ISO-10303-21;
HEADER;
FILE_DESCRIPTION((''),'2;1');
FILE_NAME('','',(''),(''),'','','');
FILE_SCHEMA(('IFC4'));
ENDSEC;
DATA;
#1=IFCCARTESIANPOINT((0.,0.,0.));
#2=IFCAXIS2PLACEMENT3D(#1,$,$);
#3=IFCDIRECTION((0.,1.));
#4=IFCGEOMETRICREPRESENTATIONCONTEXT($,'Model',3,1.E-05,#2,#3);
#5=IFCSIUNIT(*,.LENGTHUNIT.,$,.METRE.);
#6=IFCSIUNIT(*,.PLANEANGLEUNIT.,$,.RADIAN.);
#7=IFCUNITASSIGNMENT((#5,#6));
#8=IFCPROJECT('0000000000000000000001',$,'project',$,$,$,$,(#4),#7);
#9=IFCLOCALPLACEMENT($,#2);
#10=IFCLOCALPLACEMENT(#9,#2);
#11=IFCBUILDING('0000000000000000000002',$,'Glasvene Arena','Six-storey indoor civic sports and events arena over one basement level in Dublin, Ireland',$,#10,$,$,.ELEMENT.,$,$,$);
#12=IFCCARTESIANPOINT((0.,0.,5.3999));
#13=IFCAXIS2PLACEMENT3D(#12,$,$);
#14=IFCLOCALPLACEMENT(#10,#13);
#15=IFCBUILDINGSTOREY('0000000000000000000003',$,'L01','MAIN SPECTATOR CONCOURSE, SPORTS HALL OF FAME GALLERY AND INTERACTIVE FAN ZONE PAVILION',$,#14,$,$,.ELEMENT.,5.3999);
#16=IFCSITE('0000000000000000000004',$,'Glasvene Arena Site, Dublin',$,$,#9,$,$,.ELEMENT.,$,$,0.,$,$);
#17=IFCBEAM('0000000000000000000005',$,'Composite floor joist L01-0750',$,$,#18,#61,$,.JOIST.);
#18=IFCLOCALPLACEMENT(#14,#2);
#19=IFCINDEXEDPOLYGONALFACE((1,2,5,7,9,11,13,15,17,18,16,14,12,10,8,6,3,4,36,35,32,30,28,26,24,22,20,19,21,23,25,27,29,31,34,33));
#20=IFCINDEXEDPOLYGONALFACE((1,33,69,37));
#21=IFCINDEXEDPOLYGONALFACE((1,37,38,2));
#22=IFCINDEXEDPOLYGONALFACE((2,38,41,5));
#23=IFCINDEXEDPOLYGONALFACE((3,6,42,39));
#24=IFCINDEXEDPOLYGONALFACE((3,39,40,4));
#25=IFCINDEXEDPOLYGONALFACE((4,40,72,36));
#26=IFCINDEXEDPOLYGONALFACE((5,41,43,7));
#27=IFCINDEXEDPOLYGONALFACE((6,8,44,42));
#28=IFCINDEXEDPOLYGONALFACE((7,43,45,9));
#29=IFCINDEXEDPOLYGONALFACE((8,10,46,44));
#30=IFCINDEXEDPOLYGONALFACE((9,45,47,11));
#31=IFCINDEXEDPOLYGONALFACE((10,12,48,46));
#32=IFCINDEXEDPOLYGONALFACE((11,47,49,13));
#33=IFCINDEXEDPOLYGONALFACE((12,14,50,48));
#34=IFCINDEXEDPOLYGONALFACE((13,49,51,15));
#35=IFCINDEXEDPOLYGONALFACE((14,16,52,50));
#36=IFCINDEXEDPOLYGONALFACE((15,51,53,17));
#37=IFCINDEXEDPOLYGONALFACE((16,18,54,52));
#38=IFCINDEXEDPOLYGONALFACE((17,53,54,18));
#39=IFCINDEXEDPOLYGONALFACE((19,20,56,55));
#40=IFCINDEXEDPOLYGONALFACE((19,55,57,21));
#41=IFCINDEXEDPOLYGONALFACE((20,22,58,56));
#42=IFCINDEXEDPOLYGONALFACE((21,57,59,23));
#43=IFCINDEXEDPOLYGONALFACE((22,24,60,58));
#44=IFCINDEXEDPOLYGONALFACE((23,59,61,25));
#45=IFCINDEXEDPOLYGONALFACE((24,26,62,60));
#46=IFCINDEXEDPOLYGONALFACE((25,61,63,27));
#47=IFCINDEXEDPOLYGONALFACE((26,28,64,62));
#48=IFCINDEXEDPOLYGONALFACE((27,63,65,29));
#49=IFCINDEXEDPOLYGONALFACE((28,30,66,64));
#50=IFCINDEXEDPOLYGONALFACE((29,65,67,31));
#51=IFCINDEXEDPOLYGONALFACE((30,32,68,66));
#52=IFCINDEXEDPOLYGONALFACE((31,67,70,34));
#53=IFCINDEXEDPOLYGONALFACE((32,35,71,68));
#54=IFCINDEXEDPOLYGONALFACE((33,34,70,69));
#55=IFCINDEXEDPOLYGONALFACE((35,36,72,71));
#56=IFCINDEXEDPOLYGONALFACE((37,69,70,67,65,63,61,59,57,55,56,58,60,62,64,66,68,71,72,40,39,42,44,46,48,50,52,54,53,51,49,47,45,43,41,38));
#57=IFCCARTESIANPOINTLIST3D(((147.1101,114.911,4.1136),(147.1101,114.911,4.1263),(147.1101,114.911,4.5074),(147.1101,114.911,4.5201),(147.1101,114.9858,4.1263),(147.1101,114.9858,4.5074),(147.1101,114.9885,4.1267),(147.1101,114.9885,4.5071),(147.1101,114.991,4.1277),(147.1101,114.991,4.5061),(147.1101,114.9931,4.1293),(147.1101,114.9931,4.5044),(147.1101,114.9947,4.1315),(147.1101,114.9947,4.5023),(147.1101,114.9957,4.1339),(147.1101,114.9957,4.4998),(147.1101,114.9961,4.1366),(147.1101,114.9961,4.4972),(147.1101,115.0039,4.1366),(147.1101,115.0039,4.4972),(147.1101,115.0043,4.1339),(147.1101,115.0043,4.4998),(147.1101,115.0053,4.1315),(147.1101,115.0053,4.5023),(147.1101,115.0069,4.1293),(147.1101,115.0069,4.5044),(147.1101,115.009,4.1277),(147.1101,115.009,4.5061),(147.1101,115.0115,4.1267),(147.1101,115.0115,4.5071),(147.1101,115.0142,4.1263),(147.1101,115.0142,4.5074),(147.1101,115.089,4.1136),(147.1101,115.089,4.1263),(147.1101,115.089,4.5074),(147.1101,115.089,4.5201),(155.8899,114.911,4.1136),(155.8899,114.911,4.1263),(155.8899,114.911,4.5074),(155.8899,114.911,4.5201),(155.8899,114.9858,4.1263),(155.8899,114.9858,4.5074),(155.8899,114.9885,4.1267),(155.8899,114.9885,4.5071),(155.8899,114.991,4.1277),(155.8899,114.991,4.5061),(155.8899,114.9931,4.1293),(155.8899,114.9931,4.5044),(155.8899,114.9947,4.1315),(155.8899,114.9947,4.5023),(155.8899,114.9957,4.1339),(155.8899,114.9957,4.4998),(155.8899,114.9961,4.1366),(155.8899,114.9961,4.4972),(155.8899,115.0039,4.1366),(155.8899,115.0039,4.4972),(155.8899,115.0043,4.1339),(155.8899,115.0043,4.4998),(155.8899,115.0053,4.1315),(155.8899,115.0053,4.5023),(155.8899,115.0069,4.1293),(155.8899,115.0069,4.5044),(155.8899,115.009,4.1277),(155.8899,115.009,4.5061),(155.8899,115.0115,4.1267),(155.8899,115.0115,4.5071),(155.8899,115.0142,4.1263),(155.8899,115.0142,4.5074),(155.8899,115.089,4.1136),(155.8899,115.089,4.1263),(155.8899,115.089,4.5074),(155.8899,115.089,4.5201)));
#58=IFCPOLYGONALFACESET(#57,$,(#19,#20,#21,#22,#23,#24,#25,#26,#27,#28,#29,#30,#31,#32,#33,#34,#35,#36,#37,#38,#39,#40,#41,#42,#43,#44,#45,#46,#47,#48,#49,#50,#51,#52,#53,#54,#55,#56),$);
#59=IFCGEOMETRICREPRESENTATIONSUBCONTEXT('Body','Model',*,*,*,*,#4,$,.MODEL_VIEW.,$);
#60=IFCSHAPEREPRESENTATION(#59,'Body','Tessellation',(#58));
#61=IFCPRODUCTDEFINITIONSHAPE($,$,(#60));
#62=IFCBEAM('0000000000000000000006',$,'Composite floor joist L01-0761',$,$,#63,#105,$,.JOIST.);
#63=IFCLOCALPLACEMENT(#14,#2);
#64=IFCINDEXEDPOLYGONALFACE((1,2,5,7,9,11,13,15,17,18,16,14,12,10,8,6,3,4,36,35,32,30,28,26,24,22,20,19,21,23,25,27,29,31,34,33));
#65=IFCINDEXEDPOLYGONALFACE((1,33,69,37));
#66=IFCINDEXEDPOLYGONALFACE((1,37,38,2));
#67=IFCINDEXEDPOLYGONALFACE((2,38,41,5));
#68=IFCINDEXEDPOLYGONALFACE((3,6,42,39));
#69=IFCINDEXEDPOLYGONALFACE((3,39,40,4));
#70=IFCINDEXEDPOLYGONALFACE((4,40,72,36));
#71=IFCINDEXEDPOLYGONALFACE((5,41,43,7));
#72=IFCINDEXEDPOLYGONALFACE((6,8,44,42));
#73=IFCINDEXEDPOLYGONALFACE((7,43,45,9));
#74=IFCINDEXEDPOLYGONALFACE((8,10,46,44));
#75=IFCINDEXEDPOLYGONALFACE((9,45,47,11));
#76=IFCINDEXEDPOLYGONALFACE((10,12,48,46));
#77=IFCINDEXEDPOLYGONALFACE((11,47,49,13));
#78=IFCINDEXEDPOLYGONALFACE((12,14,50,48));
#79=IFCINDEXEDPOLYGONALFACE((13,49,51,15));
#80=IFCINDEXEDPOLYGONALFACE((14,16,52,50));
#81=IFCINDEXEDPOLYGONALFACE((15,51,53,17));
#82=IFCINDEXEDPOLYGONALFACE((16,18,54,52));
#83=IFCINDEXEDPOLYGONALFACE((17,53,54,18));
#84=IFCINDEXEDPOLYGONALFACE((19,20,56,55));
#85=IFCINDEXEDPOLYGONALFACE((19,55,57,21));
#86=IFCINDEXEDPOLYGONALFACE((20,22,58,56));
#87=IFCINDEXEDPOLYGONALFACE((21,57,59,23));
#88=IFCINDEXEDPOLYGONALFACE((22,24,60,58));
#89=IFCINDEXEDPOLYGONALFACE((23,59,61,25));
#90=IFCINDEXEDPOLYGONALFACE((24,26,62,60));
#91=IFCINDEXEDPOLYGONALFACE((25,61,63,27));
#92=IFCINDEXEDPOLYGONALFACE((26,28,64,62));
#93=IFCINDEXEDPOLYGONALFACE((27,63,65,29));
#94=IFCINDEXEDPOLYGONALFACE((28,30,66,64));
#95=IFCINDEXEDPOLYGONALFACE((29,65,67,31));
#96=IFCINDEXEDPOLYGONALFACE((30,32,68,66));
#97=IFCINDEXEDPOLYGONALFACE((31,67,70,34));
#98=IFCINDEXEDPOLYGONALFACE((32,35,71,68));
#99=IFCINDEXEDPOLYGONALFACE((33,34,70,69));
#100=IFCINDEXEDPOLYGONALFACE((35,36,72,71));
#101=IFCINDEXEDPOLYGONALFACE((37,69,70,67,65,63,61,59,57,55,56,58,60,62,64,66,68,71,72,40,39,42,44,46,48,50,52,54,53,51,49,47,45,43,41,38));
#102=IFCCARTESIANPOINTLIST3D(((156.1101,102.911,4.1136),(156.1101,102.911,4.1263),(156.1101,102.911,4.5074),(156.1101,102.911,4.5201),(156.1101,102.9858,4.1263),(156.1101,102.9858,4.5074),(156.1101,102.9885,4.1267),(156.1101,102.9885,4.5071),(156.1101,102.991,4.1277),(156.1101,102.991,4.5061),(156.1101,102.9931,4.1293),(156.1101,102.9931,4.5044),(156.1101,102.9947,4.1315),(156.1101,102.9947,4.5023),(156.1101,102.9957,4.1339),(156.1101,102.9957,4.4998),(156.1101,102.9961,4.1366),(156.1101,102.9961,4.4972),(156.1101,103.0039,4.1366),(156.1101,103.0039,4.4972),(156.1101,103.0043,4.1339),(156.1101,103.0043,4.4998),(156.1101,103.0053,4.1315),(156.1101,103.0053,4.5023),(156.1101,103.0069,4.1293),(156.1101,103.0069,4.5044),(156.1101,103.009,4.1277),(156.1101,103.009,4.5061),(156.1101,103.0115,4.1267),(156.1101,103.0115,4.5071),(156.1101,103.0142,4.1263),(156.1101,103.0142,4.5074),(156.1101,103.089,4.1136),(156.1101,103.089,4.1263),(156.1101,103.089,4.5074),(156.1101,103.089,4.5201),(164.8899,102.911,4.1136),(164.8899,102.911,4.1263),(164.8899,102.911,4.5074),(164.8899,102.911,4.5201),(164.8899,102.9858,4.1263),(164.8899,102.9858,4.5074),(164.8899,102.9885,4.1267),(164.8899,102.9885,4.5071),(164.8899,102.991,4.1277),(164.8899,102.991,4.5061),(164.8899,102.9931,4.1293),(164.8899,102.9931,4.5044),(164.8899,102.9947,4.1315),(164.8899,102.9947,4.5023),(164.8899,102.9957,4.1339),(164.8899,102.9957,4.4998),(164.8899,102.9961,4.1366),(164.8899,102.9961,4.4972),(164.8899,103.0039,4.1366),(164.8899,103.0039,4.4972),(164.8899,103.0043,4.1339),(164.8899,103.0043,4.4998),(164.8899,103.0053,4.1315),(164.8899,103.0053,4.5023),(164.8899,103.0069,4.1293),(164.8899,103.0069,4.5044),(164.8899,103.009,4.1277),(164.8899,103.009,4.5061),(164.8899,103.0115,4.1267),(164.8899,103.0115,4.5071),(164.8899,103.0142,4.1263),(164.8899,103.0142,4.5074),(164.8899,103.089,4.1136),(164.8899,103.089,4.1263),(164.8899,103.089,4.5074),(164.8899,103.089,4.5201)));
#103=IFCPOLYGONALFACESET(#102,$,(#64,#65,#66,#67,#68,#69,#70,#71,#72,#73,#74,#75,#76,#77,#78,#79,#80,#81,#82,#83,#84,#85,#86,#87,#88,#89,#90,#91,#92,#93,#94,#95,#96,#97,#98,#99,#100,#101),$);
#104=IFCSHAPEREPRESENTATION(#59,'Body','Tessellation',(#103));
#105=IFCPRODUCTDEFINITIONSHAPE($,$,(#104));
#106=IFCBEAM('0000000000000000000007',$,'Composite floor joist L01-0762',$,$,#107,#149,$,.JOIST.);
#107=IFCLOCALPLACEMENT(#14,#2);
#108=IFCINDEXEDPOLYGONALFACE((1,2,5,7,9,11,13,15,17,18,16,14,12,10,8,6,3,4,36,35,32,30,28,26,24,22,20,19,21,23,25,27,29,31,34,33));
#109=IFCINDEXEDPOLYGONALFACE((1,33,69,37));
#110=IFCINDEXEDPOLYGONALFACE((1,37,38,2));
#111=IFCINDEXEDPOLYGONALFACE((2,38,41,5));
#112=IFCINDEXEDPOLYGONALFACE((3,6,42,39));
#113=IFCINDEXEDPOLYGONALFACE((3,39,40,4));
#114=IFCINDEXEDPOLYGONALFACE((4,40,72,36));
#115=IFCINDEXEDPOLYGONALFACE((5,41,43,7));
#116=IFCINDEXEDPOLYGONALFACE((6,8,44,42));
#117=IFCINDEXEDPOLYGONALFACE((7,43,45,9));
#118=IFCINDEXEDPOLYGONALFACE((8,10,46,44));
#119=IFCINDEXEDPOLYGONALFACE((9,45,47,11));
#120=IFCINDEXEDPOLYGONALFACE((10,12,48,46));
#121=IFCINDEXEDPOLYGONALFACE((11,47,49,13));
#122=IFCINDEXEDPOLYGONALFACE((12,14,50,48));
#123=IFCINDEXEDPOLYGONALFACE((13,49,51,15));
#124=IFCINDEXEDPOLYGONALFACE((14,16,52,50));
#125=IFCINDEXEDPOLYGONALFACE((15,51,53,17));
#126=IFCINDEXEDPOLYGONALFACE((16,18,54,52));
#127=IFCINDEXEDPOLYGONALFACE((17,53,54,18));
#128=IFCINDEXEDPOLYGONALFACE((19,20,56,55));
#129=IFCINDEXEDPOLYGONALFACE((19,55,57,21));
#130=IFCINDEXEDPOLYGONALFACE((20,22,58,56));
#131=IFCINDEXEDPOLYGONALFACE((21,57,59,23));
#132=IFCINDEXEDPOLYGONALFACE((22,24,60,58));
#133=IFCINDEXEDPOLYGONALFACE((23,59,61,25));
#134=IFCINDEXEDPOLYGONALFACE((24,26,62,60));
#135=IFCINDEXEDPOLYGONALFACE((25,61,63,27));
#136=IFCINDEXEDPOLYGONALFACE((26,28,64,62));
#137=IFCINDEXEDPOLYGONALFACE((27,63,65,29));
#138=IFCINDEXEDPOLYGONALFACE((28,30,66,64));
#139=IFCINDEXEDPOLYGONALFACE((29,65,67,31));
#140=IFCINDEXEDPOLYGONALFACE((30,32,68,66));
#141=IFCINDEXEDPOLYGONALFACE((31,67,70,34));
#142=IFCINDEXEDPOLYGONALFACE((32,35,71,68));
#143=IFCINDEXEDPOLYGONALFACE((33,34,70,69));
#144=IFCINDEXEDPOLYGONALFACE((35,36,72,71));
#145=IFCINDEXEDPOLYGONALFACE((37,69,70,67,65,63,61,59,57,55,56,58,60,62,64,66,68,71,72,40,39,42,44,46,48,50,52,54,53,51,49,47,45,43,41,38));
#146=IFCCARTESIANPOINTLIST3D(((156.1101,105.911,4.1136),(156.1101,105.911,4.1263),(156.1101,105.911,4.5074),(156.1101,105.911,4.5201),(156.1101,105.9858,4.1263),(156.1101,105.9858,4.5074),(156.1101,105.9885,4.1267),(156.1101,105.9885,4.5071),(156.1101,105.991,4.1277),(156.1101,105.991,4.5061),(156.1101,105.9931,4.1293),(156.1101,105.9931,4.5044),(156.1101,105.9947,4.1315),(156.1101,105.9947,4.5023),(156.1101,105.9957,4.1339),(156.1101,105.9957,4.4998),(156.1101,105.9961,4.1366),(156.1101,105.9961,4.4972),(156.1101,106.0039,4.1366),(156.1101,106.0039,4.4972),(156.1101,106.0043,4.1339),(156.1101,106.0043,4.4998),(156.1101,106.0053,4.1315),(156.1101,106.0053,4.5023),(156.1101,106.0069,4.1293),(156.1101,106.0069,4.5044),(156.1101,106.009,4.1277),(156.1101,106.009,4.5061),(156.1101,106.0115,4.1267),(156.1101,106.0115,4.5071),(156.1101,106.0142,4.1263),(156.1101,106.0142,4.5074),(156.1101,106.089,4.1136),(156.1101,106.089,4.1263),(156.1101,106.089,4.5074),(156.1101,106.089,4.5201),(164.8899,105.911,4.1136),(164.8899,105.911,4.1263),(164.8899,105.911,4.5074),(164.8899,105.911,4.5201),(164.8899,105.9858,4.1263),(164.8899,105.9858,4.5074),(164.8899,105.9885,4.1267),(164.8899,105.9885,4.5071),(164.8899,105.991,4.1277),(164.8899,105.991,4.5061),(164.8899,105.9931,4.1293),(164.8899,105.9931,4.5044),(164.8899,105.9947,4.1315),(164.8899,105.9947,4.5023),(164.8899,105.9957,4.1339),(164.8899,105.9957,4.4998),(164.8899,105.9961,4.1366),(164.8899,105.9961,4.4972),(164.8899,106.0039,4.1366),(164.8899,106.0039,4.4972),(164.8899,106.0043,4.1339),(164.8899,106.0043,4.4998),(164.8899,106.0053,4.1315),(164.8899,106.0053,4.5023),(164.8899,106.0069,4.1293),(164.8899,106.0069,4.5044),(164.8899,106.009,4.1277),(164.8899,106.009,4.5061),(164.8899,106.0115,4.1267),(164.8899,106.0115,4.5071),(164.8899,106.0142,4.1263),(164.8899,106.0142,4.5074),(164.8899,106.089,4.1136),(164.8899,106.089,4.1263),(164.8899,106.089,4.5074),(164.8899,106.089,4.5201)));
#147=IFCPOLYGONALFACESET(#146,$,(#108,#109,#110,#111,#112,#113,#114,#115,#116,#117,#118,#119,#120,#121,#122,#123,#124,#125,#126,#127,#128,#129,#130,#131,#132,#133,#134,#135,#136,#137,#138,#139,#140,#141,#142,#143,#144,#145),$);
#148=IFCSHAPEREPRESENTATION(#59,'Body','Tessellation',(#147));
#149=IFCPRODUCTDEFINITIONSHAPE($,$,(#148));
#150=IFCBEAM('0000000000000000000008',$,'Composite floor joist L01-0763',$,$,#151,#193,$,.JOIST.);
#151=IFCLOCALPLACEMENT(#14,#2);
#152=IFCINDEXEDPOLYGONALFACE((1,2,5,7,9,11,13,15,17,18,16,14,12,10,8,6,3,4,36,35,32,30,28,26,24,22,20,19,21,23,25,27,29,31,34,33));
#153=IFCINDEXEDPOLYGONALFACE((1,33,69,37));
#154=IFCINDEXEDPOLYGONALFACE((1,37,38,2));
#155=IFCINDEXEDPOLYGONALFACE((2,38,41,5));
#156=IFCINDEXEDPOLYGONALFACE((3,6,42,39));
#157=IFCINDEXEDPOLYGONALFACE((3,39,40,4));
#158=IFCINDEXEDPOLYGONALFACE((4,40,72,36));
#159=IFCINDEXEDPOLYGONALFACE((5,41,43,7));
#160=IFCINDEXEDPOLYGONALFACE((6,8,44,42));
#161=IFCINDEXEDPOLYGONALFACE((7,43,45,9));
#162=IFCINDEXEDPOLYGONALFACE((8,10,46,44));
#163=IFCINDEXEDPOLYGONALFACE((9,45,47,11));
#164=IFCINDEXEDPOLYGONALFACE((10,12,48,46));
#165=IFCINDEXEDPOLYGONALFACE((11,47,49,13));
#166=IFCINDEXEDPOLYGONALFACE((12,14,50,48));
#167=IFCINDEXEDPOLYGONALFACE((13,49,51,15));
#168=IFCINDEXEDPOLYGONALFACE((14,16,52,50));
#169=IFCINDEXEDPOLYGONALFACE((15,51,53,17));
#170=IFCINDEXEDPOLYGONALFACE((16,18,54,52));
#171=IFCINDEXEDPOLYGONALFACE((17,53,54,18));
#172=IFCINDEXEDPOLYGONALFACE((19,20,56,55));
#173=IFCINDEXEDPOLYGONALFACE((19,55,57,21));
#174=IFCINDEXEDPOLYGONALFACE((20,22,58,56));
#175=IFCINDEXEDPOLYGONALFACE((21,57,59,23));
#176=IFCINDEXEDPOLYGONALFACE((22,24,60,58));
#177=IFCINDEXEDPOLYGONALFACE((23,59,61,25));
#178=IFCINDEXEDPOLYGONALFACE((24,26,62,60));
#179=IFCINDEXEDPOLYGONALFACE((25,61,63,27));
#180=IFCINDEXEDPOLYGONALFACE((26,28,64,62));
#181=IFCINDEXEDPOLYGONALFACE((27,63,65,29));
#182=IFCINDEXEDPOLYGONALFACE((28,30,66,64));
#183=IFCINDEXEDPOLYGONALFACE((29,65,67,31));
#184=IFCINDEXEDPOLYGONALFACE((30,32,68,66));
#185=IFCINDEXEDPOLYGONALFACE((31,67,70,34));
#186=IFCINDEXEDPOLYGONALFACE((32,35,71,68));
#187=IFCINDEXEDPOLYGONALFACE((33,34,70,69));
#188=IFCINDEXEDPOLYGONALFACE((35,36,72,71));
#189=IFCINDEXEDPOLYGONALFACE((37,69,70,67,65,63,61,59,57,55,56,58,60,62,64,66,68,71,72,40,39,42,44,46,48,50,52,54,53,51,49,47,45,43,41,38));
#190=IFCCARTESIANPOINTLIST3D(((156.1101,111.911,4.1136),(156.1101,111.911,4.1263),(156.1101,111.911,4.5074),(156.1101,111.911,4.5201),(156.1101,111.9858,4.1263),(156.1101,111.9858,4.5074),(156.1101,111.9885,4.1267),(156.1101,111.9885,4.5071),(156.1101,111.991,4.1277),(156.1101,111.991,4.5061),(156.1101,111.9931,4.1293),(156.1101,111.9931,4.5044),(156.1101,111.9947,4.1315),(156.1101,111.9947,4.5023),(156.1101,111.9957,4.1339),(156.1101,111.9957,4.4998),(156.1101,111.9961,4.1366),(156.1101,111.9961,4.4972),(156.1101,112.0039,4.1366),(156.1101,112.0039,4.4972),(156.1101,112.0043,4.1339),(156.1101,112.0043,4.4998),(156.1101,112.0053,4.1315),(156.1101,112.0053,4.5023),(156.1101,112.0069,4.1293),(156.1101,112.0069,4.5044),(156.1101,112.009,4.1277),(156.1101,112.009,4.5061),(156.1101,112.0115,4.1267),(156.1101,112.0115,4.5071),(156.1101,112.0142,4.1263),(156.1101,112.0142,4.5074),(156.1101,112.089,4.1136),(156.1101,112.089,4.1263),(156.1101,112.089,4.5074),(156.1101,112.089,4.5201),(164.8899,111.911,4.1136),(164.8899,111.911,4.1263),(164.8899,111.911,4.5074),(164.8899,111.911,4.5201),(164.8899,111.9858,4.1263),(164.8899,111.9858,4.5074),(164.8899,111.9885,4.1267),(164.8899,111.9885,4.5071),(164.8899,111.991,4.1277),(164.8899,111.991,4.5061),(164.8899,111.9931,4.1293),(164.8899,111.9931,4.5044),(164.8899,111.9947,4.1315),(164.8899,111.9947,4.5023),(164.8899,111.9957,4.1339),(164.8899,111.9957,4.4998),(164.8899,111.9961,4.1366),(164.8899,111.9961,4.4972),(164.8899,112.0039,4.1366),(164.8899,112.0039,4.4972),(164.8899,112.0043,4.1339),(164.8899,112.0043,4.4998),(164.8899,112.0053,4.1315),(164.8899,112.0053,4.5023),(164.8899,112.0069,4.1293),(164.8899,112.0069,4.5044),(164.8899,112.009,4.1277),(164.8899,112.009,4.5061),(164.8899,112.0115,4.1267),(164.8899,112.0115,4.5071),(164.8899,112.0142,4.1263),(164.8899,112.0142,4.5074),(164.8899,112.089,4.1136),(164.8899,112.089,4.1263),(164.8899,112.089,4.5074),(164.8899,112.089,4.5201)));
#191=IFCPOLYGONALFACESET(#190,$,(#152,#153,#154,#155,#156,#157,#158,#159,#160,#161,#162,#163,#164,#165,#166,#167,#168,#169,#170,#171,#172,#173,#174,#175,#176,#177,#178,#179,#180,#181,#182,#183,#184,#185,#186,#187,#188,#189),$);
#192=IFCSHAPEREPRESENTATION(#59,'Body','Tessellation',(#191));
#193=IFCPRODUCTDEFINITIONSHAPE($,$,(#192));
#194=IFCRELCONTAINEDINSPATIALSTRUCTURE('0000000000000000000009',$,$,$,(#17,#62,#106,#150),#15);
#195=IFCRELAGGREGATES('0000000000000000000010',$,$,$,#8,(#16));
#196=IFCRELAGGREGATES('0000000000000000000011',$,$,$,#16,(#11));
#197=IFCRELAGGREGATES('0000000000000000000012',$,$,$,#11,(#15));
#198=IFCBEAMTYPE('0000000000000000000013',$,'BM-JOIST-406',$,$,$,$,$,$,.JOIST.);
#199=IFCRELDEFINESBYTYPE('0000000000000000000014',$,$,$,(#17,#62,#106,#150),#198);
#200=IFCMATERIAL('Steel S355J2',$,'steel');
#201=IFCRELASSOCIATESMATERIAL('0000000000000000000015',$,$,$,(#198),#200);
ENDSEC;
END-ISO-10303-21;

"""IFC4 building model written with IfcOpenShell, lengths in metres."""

from ifc_helpers import new_model, si_unit, direction, frame, origin, origin_2d, place, context, subcontext, project, spatial, i_section, extrude, material, material_profile, profile_set, type_object, element, save


model = new_model("IFC4")

# Units and contexts
model_context = context("Model", 3, precision=1e-05, world=origin(), true_north=direction((0.0, 1.0)))
body_context = subcontext(model_context, "Body", "Model", "MODEL_VIEW")
ifc_project = project(units=[si_unit("LENGTHUNIT", "METRE"), si_unit("PLANEANGLEUNIT", "RADIAN")], contexts=[model_context])

# Site, building, storey
site_placement = place(None, origin())
site = spatial("IfcSite", under=ifc_project, at=site_placement, Name="Glasvene Arena Site, Dublin", CompositionType="ELEMENT", RefElevation=0.0)
building_placement = place(site_placement, origin())
building = spatial("IfcBuilding", under=site, at=building_placement, Name="Glasvene Arena", Description="Six-storey indoor civic sports and events arena over one basement level in Dublin, Ireland", CompositionType="ELEMENT")
storey_placement = place(building_placement, frame((0.0, 0.0, 5.3999)))
storey = spatial("IfcBuildingStorey", under=building, at=storey_placement, Name="L01", Description="MAIN SPECTATOR CONCOURSE, SPORTS HALL OF FAME GALLERY AND INTERACTIVE FAN ZONE PAVILION", CompositionType="ELEMENT", Elevation=5.3999)

# Shared definitions
ifc_material_1 = material(Name="Steel S355J2", Category="steel")

# Beams
ifc_material_profile_1 = material_profile(ifc_material_1, i_section(OverallWidth=0.178, OverallDepth=0.4065, WebThickness=0.0078, FlangeThickness=0.0127, FilletRadius=0.0103, at=origin_2d()), Name="UKB 406x178x60")
ifc_profile_set_1 = profile_set([ifc_material_profile_1], Name="Steel S355J2")
beam_type_1 = type_object("IfcBeamType", Name="BM-JOIST-406", PredefinedType="JOIST", material=ifc_profile_set_1)
for number, where, z_axis, x_axis, name in (
    (1, (147.1101, 115.0, 4.3169), (1.0, 0.0, 0.0), (0.0, 1.0, 0.0), "Composite floor joist L01-0750"),
    (2, (156.1101, 103.0, 4.3169), (1.0, 0.0, 0.0), (0.0, 1.0, 0.0), "Composite floor joist L01-0761"),
    (3, (156.1101, 106.0, 4.3169), (1.0, 0.0, 0.0), (0.0, 1.0, 0.0), "Composite floor joist L01-0762"),
    (4, (156.1101, 112.0, 4.3169), (1.0, 0.0, 0.0), (0.0, 1.0, 0.0), "Composite floor joist L01-0763"),
):
    element("IfcBeam", number, at=place(storey_placement, frame(where, z_axis=z_axis, x_axis=x_axis)), inside=storey, type_object=beam_type_1, Name=name, PredefinedType="JOIST", context=body_context, shape_type="SweptSolid", body=[
        extrude(i_section(OverallWidth=0.178, OverallDepth=0.4065, WebThickness=0.0078, FlangeThickness=0.0127, FilletRadius=0.0103, at=origin_2d()), origin(), (0.0, 0.0, 1.0), 8.7798),
    ])

save(model, "model.ifc")
